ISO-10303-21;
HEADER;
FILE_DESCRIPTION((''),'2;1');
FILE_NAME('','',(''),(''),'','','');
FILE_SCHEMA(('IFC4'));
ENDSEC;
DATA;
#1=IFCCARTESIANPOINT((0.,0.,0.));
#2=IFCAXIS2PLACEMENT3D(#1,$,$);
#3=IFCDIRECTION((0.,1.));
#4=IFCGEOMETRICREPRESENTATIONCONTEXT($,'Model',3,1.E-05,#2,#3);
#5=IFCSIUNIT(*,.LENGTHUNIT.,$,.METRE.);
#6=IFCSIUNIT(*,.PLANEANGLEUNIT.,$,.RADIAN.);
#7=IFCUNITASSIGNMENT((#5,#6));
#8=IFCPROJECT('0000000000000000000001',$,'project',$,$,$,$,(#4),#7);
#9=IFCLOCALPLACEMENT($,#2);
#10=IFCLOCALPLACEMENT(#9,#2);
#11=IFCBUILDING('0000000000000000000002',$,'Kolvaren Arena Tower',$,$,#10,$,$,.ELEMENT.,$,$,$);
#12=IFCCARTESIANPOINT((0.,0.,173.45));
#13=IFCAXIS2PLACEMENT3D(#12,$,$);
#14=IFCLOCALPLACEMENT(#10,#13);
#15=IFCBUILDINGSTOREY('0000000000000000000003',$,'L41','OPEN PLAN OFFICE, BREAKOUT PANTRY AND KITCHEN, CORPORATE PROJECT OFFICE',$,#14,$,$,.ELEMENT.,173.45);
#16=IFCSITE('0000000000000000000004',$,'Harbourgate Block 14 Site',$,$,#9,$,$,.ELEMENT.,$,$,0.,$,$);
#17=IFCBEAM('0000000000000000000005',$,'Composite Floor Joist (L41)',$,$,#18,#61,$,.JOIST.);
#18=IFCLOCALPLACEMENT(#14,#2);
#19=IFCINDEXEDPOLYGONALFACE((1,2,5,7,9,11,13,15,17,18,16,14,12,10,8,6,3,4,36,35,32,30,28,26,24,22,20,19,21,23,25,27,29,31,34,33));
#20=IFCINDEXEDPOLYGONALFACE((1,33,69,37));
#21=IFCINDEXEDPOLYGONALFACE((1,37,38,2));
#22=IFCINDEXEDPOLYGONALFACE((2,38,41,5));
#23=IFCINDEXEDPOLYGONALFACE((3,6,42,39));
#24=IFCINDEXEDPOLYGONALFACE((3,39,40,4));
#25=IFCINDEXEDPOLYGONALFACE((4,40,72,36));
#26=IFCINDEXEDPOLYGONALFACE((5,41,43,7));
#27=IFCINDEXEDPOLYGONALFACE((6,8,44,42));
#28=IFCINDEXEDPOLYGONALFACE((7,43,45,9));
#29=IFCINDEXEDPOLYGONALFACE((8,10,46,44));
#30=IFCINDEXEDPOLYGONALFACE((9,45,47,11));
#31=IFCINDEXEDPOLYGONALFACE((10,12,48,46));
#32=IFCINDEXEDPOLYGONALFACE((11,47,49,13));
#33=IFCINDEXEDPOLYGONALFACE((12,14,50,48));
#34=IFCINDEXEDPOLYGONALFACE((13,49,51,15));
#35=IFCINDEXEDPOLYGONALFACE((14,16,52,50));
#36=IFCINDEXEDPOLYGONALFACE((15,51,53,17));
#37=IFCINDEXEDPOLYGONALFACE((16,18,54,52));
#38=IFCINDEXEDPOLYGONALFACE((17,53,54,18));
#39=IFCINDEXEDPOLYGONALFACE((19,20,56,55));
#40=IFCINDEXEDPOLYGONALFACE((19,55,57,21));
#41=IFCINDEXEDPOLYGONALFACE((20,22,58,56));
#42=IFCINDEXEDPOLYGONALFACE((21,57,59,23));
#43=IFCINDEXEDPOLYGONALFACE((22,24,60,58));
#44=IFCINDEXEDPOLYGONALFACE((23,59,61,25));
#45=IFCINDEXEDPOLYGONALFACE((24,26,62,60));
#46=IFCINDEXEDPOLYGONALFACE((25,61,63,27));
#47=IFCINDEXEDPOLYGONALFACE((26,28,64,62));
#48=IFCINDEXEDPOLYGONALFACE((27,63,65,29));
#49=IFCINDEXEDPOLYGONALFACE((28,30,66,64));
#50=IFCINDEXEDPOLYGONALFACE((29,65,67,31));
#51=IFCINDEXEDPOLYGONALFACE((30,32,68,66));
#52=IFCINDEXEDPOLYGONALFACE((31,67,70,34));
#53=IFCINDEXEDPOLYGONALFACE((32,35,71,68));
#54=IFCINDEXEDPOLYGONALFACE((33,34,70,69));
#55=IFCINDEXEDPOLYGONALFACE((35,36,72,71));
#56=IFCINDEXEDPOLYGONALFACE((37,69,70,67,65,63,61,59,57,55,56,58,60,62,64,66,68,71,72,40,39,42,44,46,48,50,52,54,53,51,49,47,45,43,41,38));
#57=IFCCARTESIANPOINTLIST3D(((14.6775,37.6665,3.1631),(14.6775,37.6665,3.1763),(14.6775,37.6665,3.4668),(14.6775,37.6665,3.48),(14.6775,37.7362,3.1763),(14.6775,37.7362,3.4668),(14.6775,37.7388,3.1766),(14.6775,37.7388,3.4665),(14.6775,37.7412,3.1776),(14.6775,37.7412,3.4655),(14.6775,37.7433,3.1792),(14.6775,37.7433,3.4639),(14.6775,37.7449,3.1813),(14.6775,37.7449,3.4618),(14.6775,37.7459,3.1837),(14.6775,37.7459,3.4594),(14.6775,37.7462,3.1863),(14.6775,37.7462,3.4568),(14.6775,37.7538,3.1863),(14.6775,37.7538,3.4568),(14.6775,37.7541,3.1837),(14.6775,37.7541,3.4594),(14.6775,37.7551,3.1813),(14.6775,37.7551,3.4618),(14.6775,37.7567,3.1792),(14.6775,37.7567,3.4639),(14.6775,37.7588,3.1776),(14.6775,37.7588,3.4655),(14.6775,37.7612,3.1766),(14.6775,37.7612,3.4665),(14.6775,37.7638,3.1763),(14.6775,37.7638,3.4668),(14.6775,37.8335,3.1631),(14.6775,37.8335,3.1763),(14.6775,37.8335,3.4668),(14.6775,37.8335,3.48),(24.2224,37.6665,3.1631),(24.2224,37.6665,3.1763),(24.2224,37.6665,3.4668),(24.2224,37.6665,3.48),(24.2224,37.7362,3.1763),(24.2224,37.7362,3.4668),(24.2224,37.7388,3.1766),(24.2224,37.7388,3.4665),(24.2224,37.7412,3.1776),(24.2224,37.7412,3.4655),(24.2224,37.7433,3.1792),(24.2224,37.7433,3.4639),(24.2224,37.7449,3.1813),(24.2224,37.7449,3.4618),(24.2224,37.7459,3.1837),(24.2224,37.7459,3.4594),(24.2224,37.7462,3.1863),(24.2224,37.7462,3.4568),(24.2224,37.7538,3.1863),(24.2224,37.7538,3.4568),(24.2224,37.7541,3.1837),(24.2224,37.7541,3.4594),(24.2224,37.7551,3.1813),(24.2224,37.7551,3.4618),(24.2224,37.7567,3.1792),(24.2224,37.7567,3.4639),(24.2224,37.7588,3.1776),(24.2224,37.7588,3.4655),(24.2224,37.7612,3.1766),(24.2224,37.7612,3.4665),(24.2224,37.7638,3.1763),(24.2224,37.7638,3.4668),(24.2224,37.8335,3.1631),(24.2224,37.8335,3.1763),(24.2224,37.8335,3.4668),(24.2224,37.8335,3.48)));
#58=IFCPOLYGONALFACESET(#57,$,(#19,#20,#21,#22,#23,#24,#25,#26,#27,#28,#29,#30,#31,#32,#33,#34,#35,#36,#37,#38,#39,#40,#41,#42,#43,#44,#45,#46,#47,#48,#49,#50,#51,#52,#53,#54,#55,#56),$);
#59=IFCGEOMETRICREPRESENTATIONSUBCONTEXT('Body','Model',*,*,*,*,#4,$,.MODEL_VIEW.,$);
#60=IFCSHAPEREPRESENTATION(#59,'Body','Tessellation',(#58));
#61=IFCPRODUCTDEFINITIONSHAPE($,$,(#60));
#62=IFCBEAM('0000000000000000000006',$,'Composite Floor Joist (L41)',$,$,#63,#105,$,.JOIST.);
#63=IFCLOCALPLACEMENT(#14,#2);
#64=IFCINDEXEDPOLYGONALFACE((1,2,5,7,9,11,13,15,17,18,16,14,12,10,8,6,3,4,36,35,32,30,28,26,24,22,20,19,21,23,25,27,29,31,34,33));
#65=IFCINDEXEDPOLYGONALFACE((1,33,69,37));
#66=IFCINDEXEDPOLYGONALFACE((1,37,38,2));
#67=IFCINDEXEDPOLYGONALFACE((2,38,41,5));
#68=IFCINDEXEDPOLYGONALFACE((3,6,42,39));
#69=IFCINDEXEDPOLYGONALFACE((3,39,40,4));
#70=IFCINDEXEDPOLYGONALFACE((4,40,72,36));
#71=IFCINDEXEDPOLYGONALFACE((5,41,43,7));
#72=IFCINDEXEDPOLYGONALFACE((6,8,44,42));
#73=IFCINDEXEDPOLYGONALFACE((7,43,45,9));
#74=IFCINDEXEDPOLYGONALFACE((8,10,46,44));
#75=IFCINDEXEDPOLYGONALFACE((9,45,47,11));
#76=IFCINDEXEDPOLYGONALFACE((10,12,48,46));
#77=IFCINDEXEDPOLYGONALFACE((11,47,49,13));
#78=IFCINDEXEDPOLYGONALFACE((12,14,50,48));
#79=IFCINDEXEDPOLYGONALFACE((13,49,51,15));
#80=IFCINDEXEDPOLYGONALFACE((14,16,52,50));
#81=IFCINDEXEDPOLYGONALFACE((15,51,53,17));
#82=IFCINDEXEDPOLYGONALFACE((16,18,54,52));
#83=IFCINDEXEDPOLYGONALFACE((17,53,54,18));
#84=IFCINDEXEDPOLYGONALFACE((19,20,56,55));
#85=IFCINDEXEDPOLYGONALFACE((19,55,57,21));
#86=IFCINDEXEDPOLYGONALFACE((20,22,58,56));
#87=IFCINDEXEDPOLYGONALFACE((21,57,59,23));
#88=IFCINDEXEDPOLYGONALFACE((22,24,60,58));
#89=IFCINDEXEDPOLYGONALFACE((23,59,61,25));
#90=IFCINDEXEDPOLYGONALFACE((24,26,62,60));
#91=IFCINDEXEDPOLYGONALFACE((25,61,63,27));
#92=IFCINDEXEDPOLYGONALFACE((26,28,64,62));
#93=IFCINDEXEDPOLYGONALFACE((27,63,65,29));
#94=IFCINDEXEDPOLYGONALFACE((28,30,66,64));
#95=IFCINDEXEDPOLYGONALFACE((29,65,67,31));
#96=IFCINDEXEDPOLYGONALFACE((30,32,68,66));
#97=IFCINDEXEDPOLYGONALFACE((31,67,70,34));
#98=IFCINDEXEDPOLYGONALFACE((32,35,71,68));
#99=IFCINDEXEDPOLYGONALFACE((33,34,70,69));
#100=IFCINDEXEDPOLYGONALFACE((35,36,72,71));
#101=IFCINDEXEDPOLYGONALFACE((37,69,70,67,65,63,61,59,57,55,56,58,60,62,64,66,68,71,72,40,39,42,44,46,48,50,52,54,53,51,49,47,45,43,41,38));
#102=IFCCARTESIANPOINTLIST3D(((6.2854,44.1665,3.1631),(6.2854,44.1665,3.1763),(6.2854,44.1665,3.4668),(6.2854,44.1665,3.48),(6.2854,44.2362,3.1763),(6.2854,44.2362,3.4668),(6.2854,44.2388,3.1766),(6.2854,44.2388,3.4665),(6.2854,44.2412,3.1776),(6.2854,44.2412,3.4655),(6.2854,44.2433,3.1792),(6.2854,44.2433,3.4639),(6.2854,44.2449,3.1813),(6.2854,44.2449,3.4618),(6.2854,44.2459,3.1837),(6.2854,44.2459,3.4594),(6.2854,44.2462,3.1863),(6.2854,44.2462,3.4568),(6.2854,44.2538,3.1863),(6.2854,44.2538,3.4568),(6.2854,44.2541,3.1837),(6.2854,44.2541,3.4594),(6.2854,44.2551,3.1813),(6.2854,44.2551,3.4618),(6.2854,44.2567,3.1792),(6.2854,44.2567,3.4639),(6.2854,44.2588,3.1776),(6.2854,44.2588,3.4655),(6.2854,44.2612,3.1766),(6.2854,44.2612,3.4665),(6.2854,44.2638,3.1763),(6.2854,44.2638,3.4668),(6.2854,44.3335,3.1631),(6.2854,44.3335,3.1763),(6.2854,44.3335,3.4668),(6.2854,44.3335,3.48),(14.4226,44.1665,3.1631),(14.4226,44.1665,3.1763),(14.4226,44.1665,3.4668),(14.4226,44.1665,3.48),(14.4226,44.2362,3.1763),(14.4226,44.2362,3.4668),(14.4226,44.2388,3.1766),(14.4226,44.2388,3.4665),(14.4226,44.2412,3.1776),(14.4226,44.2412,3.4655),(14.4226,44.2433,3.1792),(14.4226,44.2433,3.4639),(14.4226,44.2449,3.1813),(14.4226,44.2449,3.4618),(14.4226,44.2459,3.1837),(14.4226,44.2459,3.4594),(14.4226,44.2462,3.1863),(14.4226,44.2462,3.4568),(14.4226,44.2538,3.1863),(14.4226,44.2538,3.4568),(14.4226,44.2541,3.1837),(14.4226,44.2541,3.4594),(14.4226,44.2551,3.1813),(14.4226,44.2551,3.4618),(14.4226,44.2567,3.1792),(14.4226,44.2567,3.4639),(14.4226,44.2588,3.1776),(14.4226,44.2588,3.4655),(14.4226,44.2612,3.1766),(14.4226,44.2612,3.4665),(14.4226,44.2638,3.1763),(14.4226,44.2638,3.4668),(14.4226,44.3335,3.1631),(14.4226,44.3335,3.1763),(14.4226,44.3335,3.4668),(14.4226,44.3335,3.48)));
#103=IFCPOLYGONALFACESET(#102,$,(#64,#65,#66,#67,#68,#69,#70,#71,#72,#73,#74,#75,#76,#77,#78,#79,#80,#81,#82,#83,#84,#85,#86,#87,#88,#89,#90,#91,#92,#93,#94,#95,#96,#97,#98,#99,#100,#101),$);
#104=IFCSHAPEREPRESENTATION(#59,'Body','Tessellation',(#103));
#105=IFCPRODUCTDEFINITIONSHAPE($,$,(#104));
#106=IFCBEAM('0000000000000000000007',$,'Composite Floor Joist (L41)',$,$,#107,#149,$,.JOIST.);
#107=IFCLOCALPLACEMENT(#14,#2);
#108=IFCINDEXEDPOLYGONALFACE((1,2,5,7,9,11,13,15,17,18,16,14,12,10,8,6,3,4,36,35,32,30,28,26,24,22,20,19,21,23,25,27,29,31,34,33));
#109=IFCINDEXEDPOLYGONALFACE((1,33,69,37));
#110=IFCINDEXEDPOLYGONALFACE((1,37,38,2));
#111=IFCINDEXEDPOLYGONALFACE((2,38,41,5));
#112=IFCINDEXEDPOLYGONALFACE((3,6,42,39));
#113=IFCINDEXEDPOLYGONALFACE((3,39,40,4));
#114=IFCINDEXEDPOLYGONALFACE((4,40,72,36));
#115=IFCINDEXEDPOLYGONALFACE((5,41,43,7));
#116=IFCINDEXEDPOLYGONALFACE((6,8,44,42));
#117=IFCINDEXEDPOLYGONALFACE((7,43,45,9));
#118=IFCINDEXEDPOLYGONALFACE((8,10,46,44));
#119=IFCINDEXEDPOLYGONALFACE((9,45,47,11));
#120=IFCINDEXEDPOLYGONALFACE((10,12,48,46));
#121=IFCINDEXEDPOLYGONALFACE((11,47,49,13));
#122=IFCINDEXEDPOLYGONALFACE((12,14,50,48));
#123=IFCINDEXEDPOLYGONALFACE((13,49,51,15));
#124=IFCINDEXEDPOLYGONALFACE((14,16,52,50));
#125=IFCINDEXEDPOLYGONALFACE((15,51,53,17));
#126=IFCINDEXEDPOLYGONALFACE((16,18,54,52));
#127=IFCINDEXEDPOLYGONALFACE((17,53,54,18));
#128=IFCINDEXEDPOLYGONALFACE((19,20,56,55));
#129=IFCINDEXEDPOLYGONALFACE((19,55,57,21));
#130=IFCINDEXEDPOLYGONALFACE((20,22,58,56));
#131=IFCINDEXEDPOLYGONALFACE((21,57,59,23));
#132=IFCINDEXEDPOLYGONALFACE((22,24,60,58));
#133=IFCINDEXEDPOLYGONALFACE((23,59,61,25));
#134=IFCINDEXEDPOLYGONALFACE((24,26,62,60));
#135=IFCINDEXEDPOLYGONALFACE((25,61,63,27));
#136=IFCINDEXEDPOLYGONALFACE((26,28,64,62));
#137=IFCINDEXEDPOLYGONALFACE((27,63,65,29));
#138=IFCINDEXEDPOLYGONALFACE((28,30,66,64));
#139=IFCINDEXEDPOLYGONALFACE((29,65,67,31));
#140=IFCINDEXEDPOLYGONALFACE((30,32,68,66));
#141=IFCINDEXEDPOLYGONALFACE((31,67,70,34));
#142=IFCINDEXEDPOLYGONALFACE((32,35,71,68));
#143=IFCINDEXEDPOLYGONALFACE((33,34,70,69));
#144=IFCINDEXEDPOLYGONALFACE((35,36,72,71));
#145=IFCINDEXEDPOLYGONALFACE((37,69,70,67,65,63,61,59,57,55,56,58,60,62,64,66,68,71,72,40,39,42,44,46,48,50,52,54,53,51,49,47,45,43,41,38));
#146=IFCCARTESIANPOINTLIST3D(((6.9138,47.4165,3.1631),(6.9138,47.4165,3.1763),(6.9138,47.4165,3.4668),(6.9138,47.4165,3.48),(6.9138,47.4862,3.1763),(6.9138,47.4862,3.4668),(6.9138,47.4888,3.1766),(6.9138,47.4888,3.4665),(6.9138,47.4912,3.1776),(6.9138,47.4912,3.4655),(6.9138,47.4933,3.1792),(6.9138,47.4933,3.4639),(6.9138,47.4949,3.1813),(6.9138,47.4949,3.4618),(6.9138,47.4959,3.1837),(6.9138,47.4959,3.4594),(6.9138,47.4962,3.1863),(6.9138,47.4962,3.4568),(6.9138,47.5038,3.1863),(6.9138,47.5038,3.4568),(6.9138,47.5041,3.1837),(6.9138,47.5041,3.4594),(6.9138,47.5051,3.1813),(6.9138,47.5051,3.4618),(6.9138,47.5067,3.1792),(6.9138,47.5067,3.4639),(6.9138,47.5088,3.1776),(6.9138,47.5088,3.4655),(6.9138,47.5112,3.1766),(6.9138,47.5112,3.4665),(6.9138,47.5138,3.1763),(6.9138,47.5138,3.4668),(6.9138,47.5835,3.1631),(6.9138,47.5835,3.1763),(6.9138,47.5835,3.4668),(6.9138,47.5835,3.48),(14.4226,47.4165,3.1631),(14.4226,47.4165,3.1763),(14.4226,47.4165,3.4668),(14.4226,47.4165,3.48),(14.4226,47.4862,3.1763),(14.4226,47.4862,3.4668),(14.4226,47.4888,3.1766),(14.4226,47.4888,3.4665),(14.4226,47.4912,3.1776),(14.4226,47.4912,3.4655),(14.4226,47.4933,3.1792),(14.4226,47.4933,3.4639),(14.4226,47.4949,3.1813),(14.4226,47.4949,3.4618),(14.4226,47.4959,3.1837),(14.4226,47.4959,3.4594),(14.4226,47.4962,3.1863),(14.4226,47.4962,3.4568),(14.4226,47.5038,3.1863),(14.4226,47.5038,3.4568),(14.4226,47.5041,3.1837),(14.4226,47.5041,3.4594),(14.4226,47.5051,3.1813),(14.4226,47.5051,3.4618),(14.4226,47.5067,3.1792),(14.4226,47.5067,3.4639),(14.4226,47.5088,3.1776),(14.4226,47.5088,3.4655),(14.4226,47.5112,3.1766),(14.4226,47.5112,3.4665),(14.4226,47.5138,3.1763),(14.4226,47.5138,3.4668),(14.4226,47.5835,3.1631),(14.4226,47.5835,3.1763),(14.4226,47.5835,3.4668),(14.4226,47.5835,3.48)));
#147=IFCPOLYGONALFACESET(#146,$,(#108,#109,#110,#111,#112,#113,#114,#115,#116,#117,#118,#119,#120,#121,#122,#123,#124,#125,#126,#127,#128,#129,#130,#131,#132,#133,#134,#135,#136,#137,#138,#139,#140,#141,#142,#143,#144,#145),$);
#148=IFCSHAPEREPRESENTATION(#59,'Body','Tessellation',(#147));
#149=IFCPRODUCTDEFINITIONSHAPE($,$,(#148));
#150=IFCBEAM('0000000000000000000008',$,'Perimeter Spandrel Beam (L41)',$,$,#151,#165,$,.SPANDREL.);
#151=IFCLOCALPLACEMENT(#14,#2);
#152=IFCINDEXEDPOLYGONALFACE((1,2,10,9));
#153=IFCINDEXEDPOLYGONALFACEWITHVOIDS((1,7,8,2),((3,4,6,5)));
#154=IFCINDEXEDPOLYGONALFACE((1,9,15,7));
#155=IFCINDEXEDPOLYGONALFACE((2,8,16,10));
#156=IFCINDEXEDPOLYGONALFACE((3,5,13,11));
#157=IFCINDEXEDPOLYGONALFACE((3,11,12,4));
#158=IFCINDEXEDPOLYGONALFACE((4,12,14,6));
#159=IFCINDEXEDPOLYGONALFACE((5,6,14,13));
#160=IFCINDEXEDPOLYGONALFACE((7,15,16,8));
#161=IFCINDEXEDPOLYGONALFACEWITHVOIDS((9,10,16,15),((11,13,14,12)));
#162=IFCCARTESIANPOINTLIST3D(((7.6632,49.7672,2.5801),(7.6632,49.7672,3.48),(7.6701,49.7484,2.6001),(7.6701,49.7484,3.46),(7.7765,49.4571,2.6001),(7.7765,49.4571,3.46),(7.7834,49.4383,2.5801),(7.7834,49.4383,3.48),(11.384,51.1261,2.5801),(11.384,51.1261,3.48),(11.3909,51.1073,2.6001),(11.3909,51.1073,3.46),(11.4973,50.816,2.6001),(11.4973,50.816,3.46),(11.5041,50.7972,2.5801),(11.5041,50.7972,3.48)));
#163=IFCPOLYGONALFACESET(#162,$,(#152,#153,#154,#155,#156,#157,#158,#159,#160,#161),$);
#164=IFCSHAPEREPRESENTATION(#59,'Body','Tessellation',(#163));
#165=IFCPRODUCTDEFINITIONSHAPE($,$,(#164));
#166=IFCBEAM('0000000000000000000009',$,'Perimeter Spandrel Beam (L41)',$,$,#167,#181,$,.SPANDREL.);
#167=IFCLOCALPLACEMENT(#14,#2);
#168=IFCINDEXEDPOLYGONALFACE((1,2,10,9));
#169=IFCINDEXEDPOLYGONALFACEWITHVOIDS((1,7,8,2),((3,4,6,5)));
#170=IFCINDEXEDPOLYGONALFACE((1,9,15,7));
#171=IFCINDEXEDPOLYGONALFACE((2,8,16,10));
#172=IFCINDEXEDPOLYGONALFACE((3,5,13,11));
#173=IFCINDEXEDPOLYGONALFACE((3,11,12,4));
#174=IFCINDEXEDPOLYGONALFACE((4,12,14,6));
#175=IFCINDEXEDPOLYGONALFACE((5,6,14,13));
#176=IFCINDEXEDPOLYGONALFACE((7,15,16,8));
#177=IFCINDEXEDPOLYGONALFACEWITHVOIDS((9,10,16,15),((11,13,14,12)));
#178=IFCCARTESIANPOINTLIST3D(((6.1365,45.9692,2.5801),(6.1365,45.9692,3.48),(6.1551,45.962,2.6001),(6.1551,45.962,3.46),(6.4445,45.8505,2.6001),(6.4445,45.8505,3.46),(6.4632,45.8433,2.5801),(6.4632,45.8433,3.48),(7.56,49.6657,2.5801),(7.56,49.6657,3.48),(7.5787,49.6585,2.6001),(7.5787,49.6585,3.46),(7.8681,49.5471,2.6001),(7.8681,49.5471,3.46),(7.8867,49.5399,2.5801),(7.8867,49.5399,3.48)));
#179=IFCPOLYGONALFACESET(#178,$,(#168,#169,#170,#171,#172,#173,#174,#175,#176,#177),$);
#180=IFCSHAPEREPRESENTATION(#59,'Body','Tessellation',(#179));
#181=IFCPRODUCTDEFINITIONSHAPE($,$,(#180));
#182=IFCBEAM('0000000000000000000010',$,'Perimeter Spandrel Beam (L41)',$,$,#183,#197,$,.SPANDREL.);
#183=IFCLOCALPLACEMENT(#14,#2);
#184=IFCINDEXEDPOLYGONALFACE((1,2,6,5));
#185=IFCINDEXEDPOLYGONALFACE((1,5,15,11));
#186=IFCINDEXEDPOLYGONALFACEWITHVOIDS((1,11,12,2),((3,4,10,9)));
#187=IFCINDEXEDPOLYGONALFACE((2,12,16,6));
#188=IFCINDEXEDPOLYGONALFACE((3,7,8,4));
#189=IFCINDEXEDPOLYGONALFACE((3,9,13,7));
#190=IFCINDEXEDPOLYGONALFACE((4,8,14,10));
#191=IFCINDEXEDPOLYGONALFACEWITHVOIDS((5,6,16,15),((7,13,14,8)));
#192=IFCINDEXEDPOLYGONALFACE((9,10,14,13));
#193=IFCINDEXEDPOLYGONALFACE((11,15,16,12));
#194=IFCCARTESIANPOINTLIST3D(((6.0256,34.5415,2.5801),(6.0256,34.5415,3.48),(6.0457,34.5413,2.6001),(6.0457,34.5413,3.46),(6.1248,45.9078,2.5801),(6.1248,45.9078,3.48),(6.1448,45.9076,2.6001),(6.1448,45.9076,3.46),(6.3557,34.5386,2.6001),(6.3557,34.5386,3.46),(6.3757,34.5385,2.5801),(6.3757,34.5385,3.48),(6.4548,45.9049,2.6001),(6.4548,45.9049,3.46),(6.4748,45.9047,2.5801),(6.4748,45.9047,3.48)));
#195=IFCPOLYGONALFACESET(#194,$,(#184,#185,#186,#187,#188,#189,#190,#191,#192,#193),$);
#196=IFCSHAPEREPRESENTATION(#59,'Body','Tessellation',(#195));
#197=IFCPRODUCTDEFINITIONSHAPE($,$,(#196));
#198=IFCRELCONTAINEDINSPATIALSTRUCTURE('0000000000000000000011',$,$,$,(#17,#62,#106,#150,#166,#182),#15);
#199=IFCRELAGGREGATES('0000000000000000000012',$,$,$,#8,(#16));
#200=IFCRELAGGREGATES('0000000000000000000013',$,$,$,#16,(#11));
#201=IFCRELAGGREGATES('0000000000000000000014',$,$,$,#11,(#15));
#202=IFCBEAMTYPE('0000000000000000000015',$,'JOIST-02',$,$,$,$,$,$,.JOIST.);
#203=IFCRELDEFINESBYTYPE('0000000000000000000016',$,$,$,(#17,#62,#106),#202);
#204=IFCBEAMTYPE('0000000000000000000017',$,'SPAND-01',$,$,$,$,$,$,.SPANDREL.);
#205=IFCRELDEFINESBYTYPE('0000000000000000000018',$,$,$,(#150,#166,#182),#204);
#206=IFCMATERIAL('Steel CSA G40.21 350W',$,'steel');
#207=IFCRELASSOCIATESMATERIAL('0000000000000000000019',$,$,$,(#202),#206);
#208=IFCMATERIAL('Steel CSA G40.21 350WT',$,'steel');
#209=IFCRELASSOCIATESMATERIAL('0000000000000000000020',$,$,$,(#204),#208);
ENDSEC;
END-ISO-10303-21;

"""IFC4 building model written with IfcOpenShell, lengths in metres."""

from ifc_helpers import new_model, si_unit, direction, frame, origin, origin_2d, place, context, subcontext, project, spatial, hollow_rectangle, i_section, extrude, material, material_profile, profile_set, type_object, element, save


model = new_model("IFC4")

# Units and contexts
model_context = context("Model", 3, precision=1e-05, world=origin(), true_north=direction((0.0, 1.0)))
body_context = subcontext(model_context, "Body", "Model", "MODEL_VIEW")
ifc_project = project(units=[si_unit("LENGTHUNIT", "METRE"), si_unit("PLANEANGLEUNIT", "RADIAN")], contexts=[model_context])

# Site, building, storey
site_placement = place(None, origin())
site = spatial("IfcSite", under=ifc_project, at=site_placement, Name="Harbourgate Block 14 Site", CompositionType="ELEMENT", RefElevation=0.0)
building_placement = place(site_placement, origin())
building = spatial("IfcBuilding", under=site, at=building_placement, Name="Kolvaren Arena Tower", CompositionType="ELEMENT")
storey_placement = place(building_placement, frame((0.0, 0.0, 173.45)))
storey = spatial("IfcBuildingStorey", under=building, at=storey_placement, Name="L41", Description="OPEN PLAN OFFICE, BREAKOUT PANTRY AND KITCHEN, CORPORATE PROJECT OFFICE", CompositionType="ELEMENT", Elevation=173.45)

# Beams
ifc_material_1 = material(Name="Steel CSA G40.21 350W", Category="steel")
ifc_material_profile_1 = material_profile(ifc_material_1, i_section(OverallWidth=0.167, OverallDepth=0.3169, WebThickness=0.0076, FlangeThickness=0.0132, FilletRadius=0.01, at=origin_2d()), Name="W310x52")
ifc_profile_set_1 = profile_set([ifc_material_profile_1], Name="Steel CSA G40.21 350W")
beam_type_1 = type_object("IfcBeamType", Name="JOIST-02", PredefinedType="JOIST", material=ifc_profile_set_1)
beam_1_placement = place(storey_placement, frame((14.6775, 37.75, 3.3215), z_axis=(1.0, 0.0, 0.0), x_axis=(0.0, 1.0, 0.0)))
element("IfcBeam", 1, at=beam_1_placement, inside=storey, type_object=beam_type_1, Name="Composite Floor Joist (L41)", PredefinedType="JOIST", context=body_context, shape_type="SweptSolid", body=[
    extrude(i_section(OverallWidth=0.167, OverallDepth=0.3169, WebThickness=0.0076, FlangeThickness=0.0132, FilletRadius=0.01, at=origin_2d()), origin(), (0.0, 0.0, 1.0), 9.5449),
])
beam_2_placement = place(storey_placement, frame((6.2854, 44.25, 3.3215), z_axis=(1.0, 0.0, 0.0), x_axis=(0.0, 1.0, 0.0)))
element("IfcBeam", 2, at=beam_2_placement, inside=storey, type_object=beam_type_1, Name="Composite Floor Joist (L41)", PredefinedType="JOIST", context=body_context, shape_type="SweptSolid", body=[
    extrude(i_section(OverallWidth=0.167, OverallDepth=0.3169, WebThickness=0.0076, FlangeThickness=0.0132, FilletRadius=0.01, at=origin_2d()), origin(), (0.0, 0.0, 1.0), 8.1372),
])
beam_3_placement = place(storey_placement, frame((6.9138, 47.5, 3.3215), z_axis=(1.0, 0.0, 0.0), x_axis=(0.0, 1.0, 0.0)))
element("IfcBeam", 3, at=beam_3_placement, inside=storey, type_object=beam_type_1, Name="Composite Floor Joist (L41)", PredefinedType="JOIST", context=body_context, shape_type="SweptSolid", body=[
    extrude(i_section(OverallWidth=0.167, OverallDepth=0.3169, WebThickness=0.0076, FlangeThickness=0.0132, FilletRadius=0.01, at=origin_2d()), origin(), (0.0, 0.0, 1.0), 7.5088),
])
ifc_material_2 = material(Name="Steel CSA G40.21 350WT", Category="steel")
ifc_material_profile_2 = material_profile(ifc_material_2, hollow_rectangle(XDim=0.3501, YDim=0.8999, WallThickness=0.02, at=origin_2d()), Name="HSS 900x350x20")
ifc_profile_set_2 = profile_set([ifc_material_profile_2], Name="Steel CSA G40.21 350WT")
beam_type_2 = type_object("IfcBeamType", Name="SPAND-01", PredefinedType="SPANDREL", material=ifc_profile_set_2)
for number, where, z_axis, x_axis, name in (
    (4, (11.4441, 50.9617, 3.03), (-0.939314, -0.343059, 0.0), (0.343059, -0.939314, 0.0), "Perimeter Spandrel Beam (L41)"),
    (5, (7.7234, 49.6028, 3.03), (-0.359384, -0.93319, 0.0), (0.93319, -0.359384, 0.0), "Perimeter Spandrel Beam (L41)"),
):
    element("IfcBeam", number, at=place(storey_placement, frame(where, z_axis=z_axis, x_axis=x_axis)), inside=storey, type_object=beam_type_2, Name=name, PredefinedType="SPANDREL", context=body_context, shape_type="SweptSolid", body=[
        extrude(hollow_rectangle(XDim=0.3501, YDim=0.8999, WallThickness=0.02, at=origin_2d()), origin(), (0.0, 0.0, 1.0), 3.9612),
    ])
for number, where, z_axis, x_axis, name in (
    (6, (6.2998, 45.9062, 3.03), (-0.00872, -0.999962, 0.0), (0.999962, -0.00872, 0.0), "Perimeter Spandrel Beam (L41)"),
):
    element("IfcBeam", number, at=place(storey_placement, frame(where, z_axis=z_axis, x_axis=x_axis)), inside=storey, type_object=beam_type_2, Name=name, PredefinedType="SPANDREL", context=body_context, shape_type="SweptSolid", body=[
        extrude(hollow_rectangle(XDim=0.3501, YDim=0.8999, WallThickness=0.02, at=origin_2d()), origin(), (0.0, 0.0, 1.0), 11.3667),
    ])

save(model, "model.ifc")
